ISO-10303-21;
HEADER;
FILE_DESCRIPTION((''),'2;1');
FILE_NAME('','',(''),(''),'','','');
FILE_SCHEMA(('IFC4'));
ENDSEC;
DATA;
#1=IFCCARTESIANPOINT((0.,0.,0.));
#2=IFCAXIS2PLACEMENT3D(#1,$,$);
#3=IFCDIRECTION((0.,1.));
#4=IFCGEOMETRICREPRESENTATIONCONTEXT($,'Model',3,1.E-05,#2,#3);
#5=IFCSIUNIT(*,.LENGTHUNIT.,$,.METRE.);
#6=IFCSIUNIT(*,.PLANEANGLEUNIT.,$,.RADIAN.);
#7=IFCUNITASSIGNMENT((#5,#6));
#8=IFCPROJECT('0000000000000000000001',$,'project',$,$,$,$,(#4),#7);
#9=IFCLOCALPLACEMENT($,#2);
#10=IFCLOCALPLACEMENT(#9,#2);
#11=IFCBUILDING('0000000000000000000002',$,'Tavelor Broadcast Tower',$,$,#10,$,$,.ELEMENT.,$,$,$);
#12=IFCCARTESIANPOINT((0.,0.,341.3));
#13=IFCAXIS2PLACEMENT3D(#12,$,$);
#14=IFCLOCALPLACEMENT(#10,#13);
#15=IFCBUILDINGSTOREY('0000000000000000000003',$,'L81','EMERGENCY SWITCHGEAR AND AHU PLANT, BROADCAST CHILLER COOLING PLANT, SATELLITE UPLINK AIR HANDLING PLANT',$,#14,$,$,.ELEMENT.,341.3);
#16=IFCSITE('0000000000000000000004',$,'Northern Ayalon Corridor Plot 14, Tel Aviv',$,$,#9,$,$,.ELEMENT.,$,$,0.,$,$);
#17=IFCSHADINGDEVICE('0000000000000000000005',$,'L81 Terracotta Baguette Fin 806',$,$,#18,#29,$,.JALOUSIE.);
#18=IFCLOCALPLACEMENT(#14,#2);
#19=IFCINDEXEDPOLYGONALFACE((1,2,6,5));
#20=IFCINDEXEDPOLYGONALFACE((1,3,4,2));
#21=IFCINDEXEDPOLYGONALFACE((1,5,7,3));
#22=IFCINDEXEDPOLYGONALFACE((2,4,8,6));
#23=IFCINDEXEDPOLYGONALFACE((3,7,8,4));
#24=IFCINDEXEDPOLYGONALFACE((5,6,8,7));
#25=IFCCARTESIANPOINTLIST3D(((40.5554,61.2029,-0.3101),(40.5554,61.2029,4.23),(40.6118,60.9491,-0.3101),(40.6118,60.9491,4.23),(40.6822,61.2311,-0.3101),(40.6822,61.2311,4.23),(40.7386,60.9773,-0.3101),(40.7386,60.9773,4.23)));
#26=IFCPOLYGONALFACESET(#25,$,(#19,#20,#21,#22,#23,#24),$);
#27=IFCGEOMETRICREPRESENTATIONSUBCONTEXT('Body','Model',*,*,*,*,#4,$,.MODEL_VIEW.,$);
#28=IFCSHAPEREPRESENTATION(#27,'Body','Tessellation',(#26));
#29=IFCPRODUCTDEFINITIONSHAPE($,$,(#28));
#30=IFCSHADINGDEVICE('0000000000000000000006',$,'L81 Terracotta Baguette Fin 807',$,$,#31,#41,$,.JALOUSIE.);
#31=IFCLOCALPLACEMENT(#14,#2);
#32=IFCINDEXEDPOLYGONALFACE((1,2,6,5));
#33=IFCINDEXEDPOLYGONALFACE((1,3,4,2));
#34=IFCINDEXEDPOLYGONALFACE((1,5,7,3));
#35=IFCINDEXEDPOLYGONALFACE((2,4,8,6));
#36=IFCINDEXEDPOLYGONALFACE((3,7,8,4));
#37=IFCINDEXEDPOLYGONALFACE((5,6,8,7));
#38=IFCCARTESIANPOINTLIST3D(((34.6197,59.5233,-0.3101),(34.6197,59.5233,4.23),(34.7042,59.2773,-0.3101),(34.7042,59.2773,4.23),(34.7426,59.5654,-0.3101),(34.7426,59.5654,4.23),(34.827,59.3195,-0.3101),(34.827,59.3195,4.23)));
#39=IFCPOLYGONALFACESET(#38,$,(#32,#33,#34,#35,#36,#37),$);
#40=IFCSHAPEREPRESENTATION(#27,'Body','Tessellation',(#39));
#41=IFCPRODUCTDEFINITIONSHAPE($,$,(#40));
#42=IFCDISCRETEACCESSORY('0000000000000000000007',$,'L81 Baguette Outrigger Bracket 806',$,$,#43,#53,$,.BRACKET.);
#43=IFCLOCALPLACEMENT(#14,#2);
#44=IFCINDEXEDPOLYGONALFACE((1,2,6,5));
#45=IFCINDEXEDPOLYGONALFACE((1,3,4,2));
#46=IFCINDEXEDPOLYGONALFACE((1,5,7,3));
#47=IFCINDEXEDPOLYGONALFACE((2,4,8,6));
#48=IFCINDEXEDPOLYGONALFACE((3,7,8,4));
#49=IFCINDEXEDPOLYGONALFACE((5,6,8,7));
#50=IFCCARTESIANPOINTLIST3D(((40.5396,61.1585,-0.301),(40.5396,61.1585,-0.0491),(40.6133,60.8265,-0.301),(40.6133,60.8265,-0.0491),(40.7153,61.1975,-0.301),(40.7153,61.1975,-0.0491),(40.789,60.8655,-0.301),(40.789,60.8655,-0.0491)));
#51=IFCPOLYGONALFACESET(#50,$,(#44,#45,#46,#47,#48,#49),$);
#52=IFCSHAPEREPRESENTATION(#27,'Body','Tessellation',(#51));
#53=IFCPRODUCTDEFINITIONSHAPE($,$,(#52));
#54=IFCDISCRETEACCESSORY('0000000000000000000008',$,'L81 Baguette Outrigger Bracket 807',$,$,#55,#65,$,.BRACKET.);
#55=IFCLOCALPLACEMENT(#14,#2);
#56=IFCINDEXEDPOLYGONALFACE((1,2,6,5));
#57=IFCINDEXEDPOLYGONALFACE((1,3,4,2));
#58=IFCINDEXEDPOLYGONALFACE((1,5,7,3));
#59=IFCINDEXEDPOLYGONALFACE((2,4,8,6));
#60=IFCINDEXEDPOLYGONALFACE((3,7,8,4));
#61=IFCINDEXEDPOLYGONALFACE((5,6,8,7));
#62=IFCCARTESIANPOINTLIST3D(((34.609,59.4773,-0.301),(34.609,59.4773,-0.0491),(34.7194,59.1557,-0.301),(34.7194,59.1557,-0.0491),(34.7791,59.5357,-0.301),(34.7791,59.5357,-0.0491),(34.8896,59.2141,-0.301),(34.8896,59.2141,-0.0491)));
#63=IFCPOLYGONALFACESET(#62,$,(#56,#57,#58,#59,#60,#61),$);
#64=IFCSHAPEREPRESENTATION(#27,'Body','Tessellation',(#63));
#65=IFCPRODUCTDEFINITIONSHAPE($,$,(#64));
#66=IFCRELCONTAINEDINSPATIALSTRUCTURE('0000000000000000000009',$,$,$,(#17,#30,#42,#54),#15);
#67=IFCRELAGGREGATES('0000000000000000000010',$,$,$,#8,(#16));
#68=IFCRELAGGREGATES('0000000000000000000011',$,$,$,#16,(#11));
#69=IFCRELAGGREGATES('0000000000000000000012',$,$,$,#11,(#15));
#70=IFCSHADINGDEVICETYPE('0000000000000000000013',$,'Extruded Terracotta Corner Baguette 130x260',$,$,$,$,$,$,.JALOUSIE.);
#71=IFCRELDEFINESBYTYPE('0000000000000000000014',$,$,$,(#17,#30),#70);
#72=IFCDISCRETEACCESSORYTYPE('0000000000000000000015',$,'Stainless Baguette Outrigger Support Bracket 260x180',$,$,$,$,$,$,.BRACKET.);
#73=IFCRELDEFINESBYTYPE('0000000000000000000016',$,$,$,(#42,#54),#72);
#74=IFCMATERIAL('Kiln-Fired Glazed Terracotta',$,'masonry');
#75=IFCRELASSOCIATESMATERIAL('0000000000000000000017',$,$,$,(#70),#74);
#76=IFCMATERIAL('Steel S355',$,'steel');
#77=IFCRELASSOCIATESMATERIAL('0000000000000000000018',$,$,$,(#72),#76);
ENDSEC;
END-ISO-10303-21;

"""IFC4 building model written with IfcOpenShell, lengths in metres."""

from ifc_helpers import new_model, si_unit, direction, frame, origin, origin_2d, place, context, subcontext, project, spatial, rectangle, extrude, source, transform, mapped, material, type_object, type_shapes, element, save


model = new_model("IFC4")

# Units and contexts
model_context = context("Model", 3, precision=1e-05, world=origin(), true_north=direction((0.0, 1.0)))
body_context = subcontext(model_context, "Body", "Model", "MODEL_VIEW")
ifc_project = project(units=[si_unit("LENGTHUNIT", "METRE"), si_unit("PLANEANGLEUNIT", "RADIAN")], contexts=[model_context])

# Site, building, storey
site_placement = place(None, origin())
site = spatial("IfcSite", under=ifc_project, at=site_placement, Name="Northern Ayalon Corridor Plot 14, Tel Aviv", CompositionType="ELEMENT", RefElevation=0.0)
building_placement = place(site_placement, origin())
building = spatial("IfcBuilding", under=site, at=building_placement, Name="Tavelor Broadcast Tower", CompositionType="ELEMENT")
storey_placement = place(building_placement, frame((0.0, 0.0, 341.3)))
storey = spatial("IfcBuildingStorey", under=building, at=storey_placement, Name="L81", Description="EMERGENCY SWITCHGEAR AND AHU PLANT, BROADCAST CHILLER COOLING PLANT, SATELLITE UPLINK AIR HANDLING PLANT", CompositionType="ELEMENT", Elevation=341.3)

# Shared definitions
ifc_material_1 = material(Name="Steel S355", Category="steel")

# Shading devices
ifc_material_2 = material(Name="Kiln-Fired Glazed Terracotta", Category="masonry")
shading_device_type = type_object("IfcShadingDeviceType", Name="Extruded Terracotta Corner Baguette 130x260", PredefinedType="JALOUSIE", material=ifc_material_2)
shared_shape_1 = source(origin(), body_context, "Body", "SweptSolid", [
    extrude(rectangle(XDim=0.1299, YDim=0.26, at=origin_2d()), origin(), (0.0, 0.0, 1.0), 4.54),
])
type_shapes(shading_device_type, [shared_shape_1])
for number, where, z_axis, x_axis, name in (
    (1, (40.647, 61.0901, -0.3101), (0.0, 0.0, 1.0), (-0.97622, -0.21678, 0.0), "L81 Terracotta Baguette Fin 806"),
    (2, (34.7234, 59.4214, -0.3101), (0.0, 0.0, 1.0), (-0.945802, -0.324743, 0.0), "L81 Terracotta Baguette Fin 807"),
):
    element("IfcShadingDevice", number, at=place(storey_placement, frame(where, z_axis=z_axis, x_axis=x_axis)), inside=storey, type_object=shading_device_type, Name=name, PredefinedType="JALOUSIE", context=body_context, shape_type="MappedRepresentation", body=[
        mapped(shared_shape_1, transform((0.0, 0.0, 0.0), scale=1.0)),
    ])

# Discrete accessories
discrete_accessory_type = type_object("IfcDiscreteAccessoryType", Name="Stainless Baguette Outrigger Support Bracket 260x180", PredefinedType="BRACKET", material=ifc_material_1)
shared_shape_2 = source(origin(), body_context, "Body", "SweptSolid", [
    extrude(rectangle(XDim=0.1799, YDim=0.3401, at=origin_2d()), origin(), (0.0, 0.0, 1.0), 0.252),
])
type_shapes(discrete_accessory_type, [shared_shape_2])
for number, where, z_axis, x_axis, name in (
    (3, (40.6643, 61.012, -0.301), (0.0, 0.0, 1.0), (-0.97622, -0.21678, 0.0), "L81 Baguette Outrigger Bracket 806"),
    (4, (34.7493, 59.3457, -0.301), (0.0, 0.0, 1.0), (-0.945802, -0.324743, 0.0), "L81 Baguette Outrigger Bracket 807"),
):
    element("IfcDiscreteAccessory", number, at=place(storey_placement, frame(where, z_axis=z_axis, x_axis=x_axis)), inside=storey, type_object=discrete_accessory_type, Name=name, PredefinedType="BRACKET", context=body_context, shape_type="MappedRepresentation", body=[
        mapped(shared_shape_2, transform((0.0, 0.0, 0.0), scale=1.0)),
    ])

save(model, "model.ifc")
